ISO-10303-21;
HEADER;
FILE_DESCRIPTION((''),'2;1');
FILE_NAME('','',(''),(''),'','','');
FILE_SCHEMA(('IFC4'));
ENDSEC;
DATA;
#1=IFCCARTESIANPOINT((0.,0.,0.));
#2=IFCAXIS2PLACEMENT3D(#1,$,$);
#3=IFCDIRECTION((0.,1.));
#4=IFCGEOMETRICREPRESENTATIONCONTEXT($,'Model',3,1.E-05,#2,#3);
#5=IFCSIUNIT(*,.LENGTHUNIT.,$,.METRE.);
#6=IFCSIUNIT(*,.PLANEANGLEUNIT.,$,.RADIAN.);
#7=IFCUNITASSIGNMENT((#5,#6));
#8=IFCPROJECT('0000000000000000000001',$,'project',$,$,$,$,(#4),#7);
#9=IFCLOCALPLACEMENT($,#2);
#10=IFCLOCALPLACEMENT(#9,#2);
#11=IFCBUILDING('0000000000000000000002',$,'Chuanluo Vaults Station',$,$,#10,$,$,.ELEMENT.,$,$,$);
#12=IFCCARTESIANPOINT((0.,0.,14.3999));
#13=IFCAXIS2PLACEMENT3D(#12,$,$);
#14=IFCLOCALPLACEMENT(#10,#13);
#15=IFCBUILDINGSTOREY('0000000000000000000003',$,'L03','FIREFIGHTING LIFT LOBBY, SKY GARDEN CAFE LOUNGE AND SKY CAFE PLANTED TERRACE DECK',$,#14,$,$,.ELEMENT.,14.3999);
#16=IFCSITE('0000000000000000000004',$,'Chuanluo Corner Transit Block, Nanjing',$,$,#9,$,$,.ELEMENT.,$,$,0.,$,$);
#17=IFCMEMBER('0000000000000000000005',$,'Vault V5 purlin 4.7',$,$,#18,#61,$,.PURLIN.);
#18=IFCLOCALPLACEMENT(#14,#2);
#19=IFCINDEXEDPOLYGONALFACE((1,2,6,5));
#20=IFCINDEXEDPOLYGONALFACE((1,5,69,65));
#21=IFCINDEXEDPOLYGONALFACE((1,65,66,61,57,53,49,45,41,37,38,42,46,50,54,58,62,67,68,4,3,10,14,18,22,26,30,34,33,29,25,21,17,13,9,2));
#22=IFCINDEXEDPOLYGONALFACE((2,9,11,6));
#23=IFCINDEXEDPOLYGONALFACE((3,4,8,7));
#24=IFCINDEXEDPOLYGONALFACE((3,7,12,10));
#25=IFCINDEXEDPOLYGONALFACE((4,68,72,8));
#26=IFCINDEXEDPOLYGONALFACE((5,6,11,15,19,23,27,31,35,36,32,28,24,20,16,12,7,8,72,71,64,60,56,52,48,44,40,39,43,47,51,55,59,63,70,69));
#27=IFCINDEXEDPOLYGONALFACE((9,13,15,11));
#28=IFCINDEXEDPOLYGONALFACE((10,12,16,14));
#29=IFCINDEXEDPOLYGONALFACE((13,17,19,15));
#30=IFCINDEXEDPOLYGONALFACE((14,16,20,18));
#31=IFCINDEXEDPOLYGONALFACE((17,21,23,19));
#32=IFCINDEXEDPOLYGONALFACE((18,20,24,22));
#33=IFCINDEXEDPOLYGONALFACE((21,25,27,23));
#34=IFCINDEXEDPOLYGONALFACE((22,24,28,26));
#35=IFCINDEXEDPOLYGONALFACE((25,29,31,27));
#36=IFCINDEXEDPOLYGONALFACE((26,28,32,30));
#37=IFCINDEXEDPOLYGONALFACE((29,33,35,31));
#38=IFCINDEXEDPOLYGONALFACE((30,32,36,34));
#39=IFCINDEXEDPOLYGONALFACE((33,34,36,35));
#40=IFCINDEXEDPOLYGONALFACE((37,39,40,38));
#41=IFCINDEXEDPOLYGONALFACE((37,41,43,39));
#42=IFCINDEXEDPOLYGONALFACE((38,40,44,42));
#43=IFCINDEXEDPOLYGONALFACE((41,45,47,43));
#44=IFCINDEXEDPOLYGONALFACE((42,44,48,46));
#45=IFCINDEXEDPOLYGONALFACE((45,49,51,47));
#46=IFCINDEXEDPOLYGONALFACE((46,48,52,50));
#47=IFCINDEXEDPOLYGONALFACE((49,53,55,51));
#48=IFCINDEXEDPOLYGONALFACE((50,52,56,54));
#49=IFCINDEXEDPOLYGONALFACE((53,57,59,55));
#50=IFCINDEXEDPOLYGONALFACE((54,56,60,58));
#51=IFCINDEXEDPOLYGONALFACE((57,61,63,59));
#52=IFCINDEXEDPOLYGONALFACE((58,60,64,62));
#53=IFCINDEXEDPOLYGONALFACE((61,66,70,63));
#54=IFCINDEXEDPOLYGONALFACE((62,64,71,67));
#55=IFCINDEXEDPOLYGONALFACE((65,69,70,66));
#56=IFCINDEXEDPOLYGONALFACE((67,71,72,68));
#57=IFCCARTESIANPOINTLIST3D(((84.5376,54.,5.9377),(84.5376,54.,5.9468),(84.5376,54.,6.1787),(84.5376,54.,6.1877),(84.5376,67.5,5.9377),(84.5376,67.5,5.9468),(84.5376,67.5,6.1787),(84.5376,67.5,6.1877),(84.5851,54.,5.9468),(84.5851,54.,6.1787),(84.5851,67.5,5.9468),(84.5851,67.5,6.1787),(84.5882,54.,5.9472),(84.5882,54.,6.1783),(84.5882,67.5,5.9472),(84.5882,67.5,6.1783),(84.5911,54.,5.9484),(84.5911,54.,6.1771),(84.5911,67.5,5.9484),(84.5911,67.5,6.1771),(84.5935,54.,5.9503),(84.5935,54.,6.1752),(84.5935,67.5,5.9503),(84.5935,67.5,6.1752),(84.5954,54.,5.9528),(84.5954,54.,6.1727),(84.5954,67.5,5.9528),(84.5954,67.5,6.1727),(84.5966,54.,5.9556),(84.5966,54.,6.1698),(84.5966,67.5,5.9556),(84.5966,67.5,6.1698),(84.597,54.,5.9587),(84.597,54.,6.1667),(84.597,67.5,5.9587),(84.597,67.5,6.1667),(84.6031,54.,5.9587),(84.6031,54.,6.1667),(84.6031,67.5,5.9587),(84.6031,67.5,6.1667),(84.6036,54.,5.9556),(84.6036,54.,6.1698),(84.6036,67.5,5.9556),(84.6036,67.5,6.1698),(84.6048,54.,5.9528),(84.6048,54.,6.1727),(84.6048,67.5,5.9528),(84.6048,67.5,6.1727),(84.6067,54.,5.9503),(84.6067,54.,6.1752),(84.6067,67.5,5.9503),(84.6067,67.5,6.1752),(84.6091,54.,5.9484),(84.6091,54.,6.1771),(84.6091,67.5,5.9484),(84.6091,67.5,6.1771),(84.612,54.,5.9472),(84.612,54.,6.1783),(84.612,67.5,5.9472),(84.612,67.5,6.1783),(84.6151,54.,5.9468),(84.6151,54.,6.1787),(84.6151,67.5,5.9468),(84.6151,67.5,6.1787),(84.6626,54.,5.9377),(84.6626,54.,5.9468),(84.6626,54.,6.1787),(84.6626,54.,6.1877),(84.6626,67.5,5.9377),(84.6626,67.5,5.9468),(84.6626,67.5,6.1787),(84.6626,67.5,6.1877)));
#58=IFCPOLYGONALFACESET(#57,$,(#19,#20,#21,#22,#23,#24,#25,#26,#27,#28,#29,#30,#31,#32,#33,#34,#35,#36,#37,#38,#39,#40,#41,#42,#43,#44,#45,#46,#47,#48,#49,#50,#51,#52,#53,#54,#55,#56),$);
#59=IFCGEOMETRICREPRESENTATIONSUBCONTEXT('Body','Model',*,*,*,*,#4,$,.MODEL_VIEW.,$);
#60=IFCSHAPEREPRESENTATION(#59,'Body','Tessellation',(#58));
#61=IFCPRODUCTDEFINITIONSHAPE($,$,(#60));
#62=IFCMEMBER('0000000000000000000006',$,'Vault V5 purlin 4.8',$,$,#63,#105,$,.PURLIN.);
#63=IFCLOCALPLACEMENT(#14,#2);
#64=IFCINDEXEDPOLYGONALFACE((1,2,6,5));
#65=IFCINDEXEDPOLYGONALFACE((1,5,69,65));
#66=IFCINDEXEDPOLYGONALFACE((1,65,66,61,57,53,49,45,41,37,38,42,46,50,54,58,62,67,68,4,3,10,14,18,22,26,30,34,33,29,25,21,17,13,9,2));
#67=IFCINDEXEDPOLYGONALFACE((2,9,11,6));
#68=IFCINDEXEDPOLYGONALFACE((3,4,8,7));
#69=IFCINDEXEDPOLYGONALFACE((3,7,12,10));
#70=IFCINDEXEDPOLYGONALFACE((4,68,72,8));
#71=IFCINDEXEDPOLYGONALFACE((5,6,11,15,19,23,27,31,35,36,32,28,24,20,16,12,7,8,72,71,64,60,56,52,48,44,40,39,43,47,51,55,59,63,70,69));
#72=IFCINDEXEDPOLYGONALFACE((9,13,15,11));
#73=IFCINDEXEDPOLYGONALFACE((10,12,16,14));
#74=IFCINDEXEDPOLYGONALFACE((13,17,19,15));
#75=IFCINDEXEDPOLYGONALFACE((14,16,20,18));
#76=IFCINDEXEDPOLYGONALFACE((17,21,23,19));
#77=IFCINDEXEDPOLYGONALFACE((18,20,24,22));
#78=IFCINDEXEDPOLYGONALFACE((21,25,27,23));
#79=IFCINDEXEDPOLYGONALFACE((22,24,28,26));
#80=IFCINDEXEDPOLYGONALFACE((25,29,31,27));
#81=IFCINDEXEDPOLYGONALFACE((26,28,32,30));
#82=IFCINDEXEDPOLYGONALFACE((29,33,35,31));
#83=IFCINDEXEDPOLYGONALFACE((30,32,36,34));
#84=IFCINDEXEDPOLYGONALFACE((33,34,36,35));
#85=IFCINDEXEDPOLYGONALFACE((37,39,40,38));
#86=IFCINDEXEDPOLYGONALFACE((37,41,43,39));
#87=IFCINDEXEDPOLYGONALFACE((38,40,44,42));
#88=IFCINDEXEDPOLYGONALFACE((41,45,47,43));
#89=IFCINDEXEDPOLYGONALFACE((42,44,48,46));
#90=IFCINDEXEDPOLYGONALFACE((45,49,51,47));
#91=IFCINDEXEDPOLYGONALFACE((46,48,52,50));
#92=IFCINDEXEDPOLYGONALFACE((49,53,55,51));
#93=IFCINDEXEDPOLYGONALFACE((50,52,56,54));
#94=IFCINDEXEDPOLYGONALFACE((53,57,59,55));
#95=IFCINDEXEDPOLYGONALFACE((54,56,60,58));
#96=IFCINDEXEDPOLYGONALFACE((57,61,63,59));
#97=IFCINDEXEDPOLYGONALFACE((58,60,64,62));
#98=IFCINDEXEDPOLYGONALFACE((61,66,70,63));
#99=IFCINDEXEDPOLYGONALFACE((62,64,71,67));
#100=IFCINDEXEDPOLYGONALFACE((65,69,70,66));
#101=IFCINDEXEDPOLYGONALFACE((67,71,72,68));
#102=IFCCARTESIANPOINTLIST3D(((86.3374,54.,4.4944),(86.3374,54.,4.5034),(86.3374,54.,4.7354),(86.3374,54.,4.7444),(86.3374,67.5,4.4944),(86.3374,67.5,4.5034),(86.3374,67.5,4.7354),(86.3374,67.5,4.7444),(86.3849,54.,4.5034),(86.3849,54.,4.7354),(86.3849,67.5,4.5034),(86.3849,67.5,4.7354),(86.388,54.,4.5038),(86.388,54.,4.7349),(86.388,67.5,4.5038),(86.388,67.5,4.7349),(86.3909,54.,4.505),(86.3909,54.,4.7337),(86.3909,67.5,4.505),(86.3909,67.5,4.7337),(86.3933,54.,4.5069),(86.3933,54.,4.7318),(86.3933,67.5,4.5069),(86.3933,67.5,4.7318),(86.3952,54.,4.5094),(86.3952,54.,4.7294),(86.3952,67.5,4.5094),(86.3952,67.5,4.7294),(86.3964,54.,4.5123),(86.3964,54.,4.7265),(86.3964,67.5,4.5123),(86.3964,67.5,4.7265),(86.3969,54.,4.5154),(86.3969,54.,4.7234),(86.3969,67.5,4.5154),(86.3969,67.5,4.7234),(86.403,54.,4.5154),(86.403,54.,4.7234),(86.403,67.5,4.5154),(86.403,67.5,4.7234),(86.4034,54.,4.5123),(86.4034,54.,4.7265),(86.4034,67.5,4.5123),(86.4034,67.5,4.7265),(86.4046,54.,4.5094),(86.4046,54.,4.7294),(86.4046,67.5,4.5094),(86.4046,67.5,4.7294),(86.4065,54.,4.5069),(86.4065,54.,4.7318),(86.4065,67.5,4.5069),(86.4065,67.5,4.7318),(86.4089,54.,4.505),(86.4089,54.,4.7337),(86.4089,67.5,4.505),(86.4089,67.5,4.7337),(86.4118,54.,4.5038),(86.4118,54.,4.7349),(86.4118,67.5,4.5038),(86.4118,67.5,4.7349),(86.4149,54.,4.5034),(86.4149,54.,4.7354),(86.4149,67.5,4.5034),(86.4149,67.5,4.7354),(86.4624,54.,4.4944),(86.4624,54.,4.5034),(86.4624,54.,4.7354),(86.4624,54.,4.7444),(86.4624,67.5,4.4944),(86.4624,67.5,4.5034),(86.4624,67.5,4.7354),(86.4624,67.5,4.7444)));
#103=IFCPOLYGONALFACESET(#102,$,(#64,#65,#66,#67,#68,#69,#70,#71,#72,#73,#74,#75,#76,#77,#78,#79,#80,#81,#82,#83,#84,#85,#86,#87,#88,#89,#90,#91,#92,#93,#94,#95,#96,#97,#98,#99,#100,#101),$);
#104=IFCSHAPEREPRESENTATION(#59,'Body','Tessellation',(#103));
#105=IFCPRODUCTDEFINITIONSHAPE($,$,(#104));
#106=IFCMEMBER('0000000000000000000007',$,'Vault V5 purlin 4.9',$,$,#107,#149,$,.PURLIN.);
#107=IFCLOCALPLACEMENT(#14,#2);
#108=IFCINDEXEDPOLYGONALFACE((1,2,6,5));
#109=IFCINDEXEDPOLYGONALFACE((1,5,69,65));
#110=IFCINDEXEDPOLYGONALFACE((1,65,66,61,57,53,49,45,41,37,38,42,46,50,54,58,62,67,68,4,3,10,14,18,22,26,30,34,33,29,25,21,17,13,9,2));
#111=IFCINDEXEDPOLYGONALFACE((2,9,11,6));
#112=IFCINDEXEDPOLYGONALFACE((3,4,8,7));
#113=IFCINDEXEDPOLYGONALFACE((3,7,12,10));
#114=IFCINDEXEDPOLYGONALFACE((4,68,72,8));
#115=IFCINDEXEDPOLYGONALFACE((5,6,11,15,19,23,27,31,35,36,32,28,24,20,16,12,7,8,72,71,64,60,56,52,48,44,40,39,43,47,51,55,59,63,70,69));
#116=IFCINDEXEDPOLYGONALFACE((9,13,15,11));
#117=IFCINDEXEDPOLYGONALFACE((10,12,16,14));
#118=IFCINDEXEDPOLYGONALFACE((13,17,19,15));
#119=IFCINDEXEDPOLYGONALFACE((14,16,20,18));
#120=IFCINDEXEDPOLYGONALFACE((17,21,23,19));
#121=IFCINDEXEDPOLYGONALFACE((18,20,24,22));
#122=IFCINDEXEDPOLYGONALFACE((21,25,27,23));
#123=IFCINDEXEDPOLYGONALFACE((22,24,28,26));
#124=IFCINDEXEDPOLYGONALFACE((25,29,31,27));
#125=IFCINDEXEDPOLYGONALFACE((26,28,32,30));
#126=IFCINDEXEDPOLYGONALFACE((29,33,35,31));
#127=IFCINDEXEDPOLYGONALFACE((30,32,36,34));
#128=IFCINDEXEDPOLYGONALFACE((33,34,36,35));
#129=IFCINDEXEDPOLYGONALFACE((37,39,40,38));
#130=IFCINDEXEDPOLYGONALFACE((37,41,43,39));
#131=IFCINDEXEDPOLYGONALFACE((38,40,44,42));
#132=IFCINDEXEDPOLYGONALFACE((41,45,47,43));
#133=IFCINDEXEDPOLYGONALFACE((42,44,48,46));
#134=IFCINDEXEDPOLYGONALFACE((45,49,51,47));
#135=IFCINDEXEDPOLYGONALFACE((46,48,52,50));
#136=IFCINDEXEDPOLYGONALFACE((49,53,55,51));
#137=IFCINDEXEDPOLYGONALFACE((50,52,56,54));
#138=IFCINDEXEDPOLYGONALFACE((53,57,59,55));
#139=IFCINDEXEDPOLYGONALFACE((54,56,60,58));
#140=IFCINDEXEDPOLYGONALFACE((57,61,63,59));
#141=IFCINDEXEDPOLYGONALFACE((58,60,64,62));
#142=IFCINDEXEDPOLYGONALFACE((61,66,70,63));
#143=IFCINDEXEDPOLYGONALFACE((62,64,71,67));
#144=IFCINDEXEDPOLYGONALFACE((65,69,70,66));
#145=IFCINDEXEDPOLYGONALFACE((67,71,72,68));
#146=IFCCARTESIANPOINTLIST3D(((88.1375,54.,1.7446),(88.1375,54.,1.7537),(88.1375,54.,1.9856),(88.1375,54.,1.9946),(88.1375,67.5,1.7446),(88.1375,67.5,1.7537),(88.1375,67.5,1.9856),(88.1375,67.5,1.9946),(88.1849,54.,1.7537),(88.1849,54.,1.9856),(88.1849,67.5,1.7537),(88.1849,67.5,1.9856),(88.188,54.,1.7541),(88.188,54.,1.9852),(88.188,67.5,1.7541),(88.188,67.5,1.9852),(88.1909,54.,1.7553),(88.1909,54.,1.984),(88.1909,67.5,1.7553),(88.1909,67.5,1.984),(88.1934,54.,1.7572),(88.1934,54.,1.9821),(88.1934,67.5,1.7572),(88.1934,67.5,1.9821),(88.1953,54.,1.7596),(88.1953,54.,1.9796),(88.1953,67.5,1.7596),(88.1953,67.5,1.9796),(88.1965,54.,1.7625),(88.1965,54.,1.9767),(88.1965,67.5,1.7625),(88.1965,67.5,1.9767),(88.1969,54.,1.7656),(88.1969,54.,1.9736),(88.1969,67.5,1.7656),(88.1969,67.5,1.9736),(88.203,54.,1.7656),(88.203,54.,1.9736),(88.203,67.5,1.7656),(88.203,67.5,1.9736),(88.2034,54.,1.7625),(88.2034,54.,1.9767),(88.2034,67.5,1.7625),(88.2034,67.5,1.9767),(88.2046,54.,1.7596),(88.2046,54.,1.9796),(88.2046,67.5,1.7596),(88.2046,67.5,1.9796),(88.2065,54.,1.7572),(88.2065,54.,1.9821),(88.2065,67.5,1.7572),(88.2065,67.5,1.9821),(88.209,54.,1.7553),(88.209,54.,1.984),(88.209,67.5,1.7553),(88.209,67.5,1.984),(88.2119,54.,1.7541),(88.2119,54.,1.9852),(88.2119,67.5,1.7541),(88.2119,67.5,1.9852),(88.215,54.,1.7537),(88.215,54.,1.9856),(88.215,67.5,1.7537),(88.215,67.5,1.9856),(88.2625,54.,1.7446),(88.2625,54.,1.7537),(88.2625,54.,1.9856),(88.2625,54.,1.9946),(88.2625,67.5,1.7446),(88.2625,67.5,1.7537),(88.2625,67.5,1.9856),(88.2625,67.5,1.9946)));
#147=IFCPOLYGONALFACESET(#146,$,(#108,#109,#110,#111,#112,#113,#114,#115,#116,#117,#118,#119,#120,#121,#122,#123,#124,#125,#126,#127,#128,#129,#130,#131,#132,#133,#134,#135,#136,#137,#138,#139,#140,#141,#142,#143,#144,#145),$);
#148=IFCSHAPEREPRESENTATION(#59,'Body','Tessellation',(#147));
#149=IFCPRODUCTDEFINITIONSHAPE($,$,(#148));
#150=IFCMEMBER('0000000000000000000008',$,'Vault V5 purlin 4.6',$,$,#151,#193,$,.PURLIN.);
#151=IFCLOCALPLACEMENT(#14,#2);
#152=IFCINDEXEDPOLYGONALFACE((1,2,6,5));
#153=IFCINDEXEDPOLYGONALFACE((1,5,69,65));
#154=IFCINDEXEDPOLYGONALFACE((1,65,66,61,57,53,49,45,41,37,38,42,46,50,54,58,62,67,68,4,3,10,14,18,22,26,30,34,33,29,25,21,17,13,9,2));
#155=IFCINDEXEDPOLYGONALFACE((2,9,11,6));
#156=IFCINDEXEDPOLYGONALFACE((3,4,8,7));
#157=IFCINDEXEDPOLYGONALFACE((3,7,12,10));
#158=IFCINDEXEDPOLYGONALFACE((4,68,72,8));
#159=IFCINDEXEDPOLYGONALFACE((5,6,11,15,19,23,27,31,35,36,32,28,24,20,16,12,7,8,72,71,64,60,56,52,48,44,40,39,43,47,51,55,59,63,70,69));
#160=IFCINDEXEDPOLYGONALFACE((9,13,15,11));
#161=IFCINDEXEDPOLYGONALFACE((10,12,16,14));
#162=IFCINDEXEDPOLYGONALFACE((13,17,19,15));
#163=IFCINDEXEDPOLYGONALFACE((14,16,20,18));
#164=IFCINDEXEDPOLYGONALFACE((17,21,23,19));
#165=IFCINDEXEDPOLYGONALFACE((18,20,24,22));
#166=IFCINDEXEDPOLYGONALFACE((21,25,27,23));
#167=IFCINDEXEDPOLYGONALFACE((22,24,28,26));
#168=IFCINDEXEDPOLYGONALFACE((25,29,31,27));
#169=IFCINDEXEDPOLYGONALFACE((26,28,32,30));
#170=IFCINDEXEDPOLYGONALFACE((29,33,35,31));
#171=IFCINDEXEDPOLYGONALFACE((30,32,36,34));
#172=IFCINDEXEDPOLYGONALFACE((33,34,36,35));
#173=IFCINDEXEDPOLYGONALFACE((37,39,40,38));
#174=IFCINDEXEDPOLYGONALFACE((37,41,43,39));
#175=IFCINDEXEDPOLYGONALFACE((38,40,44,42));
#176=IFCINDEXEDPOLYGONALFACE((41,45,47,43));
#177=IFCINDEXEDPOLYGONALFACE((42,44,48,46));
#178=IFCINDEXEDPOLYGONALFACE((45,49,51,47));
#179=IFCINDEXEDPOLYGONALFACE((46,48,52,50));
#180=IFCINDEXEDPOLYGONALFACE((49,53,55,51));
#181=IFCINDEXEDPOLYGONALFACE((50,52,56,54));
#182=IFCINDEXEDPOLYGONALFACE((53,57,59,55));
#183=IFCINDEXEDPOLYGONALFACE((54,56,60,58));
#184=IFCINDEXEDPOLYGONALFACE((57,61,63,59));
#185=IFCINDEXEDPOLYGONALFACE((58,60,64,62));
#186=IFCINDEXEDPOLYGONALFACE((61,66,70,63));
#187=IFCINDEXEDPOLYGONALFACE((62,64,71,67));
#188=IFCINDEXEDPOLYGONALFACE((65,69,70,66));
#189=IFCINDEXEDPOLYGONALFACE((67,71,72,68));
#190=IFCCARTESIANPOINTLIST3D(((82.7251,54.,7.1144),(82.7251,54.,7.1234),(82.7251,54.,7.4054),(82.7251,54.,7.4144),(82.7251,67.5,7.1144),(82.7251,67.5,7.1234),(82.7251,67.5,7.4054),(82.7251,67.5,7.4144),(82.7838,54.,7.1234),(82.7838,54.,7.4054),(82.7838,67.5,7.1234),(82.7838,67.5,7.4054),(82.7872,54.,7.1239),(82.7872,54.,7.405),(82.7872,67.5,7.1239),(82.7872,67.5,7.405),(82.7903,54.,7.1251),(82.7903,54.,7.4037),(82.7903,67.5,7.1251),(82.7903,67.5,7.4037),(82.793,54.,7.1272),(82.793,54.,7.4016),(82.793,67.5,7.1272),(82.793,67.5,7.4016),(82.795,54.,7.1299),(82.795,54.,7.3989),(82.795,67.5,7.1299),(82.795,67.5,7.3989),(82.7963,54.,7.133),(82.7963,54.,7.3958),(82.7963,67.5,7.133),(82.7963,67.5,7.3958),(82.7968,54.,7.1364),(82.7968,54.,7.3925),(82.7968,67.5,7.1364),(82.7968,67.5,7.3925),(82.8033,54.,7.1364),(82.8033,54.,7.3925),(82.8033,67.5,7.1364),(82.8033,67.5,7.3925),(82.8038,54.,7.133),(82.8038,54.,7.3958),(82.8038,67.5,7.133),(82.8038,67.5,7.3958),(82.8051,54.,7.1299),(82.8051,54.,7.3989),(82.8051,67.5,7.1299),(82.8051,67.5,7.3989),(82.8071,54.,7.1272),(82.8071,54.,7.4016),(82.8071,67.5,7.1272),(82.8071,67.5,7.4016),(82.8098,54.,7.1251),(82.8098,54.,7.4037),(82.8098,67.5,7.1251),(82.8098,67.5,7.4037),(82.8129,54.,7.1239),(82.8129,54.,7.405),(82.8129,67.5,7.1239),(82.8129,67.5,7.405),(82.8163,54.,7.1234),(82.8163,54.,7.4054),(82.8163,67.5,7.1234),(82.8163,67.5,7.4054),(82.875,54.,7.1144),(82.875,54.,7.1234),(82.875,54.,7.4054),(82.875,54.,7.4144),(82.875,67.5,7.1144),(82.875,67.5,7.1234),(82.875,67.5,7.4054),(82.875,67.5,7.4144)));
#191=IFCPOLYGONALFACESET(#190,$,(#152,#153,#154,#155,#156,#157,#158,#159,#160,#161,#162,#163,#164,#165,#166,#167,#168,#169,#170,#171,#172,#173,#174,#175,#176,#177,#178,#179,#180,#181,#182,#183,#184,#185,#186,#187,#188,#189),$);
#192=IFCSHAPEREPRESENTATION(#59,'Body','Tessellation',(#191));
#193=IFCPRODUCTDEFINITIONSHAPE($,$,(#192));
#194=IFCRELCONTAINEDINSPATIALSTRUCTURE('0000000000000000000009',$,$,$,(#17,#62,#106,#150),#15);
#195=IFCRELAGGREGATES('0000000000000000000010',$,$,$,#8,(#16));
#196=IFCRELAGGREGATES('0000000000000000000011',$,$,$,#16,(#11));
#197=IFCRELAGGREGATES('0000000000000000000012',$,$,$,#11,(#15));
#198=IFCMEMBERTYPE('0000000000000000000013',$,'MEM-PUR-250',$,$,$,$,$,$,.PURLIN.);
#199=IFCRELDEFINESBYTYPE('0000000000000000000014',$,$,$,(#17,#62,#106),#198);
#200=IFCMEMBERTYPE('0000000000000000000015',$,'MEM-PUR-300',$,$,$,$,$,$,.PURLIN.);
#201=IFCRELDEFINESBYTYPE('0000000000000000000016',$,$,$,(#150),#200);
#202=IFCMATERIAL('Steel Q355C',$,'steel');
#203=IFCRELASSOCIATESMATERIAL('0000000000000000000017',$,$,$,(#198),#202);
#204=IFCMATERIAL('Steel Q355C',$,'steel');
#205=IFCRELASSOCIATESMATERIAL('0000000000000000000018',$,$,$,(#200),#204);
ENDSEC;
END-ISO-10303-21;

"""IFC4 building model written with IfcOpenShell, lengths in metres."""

from ifc_helpers import new_model, si_unit, direction, frame, origin, origin_2d, place, context, subcontext, project, spatial, i_section, extrude, material, material_profile, profile_set, type_object, element, save


model = new_model("IFC4")

# Units and contexts
model_context = context("Model", 3, precision=1e-05, world=origin(), true_north=direction((0.0, 1.0)))
body_context = subcontext(model_context, "Body", "Model", "MODEL_VIEW")
ifc_project = project(units=[si_unit("LENGTHUNIT", "METRE"), si_unit("PLANEANGLEUNIT", "RADIAN")], contexts=[model_context])

# Site, building, storey
site_placement = place(None, origin())
site = spatial("IfcSite", under=ifc_project, at=site_placement, Name="Chuanluo Corner Transit Block, Nanjing", CompositionType="ELEMENT", RefElevation=0.0)
building_placement = place(site_placement, origin())
building = spatial("IfcBuilding", under=site, at=building_placement, Name="Chuanluo Vaults Station", CompositionType="ELEMENT")
storey_placement = place(building_placement, frame((0.0, 0.0, 14.3999)))
storey = spatial("IfcBuildingStorey", under=building, at=storey_placement, Name="L03", Description="FIREFIGHTING LIFT LOBBY, SKY GARDEN CAFE LOUNGE AND SKY CAFE PLANTED TERRACE DECK", CompositionType="ELEMENT", Elevation=14.3999)

# Members
ifc_material_1 = material(Name="Steel Q355C", Category="steel")
ifc_material_profile_1 = material_profile(ifc_material_1, i_section(OverallWidth=0.125, OverallDepth=0.25, WebThickness=0.0061, FlangeThickness=0.009, FilletRadius=0.012, at=origin_2d()))
ifc_profile_set_1 = profile_set([ifc_material_profile_1], Name="Steel Q355C")
member_type_1 = type_object("IfcMemberType", Name="MEM-PUR-250", PredefinedType="PURLIN", material=ifc_profile_set_1)
for number, where, z_axis, x_axis, name in (
    (1, (84.6001, 54.0, 6.0627), (0.0, 1.0, 0.0), (-1.0, 0.0, 0.0), "Vault V5 purlin 4.7"),
    (2, (86.3999, 54.0, 4.6194), (0.0, 1.0, 0.0), (-1.0, 0.0, 0.0), "Vault V5 purlin 4.8"),
    (3, (88.2, 54.0, 1.8696), (0.0, 1.0, 0.0), (-1.0, 0.0, 0.0), "Vault V5 purlin 4.9"),
):
    element("IfcMember", number, at=place(storey_placement, frame(where, z_axis=z_axis, x_axis=x_axis)), inside=storey, type_object=member_type_1, Name=name, PredefinedType="PURLIN", context=body_context, shape_type="SweptSolid", body=[
        extrude(i_section(OverallWidth=0.125, OverallDepth=0.25, WebThickness=0.0061, FlangeThickness=0.009, FilletRadius=0.012, at=origin_2d()), origin(), (0.0, 0.0, 1.0), 13.5),
    ])
ifc_material_2 = material(Name="Steel Q355C", Category="steel")
ifc_material_profile_2 = material_profile(ifc_material_2, i_section(OverallWidth=0.1499, OverallDepth=0.3, WebThickness=0.0066, FlangeThickness=0.009, FilletRadius=0.0129, at=origin_2d()))
ifc_profile_set_2 = profile_set([ifc_material_profile_2], Name="Steel Q355C")
member_type_2 = type_object("IfcMemberType", Name="MEM-PUR-300", PredefinedType="PURLIN", material=ifc_profile_set_2)
member_1_placement = place(storey_placement, frame((82.8, 54.0, 7.2644), z_axis=(0.0, 1.0, 0.0), x_axis=(-1.0, 0.0, 0.0)))
element("IfcMember", 4, at=member_1_placement, inside=storey, type_object=member_type_2, Name="Vault V5 purlin 4.6", PredefinedType="PURLIN", context=body_context, shape_type="SweptSolid", body=[
    extrude(i_section(OverallWidth=0.1499, OverallDepth=0.3, WebThickness=0.0066, FlangeThickness=0.009, FilletRadius=0.0129, at=origin_2d()), origin(), (0.0, 0.0, 1.0), 13.5),
])

save(model, "model.ifc")
